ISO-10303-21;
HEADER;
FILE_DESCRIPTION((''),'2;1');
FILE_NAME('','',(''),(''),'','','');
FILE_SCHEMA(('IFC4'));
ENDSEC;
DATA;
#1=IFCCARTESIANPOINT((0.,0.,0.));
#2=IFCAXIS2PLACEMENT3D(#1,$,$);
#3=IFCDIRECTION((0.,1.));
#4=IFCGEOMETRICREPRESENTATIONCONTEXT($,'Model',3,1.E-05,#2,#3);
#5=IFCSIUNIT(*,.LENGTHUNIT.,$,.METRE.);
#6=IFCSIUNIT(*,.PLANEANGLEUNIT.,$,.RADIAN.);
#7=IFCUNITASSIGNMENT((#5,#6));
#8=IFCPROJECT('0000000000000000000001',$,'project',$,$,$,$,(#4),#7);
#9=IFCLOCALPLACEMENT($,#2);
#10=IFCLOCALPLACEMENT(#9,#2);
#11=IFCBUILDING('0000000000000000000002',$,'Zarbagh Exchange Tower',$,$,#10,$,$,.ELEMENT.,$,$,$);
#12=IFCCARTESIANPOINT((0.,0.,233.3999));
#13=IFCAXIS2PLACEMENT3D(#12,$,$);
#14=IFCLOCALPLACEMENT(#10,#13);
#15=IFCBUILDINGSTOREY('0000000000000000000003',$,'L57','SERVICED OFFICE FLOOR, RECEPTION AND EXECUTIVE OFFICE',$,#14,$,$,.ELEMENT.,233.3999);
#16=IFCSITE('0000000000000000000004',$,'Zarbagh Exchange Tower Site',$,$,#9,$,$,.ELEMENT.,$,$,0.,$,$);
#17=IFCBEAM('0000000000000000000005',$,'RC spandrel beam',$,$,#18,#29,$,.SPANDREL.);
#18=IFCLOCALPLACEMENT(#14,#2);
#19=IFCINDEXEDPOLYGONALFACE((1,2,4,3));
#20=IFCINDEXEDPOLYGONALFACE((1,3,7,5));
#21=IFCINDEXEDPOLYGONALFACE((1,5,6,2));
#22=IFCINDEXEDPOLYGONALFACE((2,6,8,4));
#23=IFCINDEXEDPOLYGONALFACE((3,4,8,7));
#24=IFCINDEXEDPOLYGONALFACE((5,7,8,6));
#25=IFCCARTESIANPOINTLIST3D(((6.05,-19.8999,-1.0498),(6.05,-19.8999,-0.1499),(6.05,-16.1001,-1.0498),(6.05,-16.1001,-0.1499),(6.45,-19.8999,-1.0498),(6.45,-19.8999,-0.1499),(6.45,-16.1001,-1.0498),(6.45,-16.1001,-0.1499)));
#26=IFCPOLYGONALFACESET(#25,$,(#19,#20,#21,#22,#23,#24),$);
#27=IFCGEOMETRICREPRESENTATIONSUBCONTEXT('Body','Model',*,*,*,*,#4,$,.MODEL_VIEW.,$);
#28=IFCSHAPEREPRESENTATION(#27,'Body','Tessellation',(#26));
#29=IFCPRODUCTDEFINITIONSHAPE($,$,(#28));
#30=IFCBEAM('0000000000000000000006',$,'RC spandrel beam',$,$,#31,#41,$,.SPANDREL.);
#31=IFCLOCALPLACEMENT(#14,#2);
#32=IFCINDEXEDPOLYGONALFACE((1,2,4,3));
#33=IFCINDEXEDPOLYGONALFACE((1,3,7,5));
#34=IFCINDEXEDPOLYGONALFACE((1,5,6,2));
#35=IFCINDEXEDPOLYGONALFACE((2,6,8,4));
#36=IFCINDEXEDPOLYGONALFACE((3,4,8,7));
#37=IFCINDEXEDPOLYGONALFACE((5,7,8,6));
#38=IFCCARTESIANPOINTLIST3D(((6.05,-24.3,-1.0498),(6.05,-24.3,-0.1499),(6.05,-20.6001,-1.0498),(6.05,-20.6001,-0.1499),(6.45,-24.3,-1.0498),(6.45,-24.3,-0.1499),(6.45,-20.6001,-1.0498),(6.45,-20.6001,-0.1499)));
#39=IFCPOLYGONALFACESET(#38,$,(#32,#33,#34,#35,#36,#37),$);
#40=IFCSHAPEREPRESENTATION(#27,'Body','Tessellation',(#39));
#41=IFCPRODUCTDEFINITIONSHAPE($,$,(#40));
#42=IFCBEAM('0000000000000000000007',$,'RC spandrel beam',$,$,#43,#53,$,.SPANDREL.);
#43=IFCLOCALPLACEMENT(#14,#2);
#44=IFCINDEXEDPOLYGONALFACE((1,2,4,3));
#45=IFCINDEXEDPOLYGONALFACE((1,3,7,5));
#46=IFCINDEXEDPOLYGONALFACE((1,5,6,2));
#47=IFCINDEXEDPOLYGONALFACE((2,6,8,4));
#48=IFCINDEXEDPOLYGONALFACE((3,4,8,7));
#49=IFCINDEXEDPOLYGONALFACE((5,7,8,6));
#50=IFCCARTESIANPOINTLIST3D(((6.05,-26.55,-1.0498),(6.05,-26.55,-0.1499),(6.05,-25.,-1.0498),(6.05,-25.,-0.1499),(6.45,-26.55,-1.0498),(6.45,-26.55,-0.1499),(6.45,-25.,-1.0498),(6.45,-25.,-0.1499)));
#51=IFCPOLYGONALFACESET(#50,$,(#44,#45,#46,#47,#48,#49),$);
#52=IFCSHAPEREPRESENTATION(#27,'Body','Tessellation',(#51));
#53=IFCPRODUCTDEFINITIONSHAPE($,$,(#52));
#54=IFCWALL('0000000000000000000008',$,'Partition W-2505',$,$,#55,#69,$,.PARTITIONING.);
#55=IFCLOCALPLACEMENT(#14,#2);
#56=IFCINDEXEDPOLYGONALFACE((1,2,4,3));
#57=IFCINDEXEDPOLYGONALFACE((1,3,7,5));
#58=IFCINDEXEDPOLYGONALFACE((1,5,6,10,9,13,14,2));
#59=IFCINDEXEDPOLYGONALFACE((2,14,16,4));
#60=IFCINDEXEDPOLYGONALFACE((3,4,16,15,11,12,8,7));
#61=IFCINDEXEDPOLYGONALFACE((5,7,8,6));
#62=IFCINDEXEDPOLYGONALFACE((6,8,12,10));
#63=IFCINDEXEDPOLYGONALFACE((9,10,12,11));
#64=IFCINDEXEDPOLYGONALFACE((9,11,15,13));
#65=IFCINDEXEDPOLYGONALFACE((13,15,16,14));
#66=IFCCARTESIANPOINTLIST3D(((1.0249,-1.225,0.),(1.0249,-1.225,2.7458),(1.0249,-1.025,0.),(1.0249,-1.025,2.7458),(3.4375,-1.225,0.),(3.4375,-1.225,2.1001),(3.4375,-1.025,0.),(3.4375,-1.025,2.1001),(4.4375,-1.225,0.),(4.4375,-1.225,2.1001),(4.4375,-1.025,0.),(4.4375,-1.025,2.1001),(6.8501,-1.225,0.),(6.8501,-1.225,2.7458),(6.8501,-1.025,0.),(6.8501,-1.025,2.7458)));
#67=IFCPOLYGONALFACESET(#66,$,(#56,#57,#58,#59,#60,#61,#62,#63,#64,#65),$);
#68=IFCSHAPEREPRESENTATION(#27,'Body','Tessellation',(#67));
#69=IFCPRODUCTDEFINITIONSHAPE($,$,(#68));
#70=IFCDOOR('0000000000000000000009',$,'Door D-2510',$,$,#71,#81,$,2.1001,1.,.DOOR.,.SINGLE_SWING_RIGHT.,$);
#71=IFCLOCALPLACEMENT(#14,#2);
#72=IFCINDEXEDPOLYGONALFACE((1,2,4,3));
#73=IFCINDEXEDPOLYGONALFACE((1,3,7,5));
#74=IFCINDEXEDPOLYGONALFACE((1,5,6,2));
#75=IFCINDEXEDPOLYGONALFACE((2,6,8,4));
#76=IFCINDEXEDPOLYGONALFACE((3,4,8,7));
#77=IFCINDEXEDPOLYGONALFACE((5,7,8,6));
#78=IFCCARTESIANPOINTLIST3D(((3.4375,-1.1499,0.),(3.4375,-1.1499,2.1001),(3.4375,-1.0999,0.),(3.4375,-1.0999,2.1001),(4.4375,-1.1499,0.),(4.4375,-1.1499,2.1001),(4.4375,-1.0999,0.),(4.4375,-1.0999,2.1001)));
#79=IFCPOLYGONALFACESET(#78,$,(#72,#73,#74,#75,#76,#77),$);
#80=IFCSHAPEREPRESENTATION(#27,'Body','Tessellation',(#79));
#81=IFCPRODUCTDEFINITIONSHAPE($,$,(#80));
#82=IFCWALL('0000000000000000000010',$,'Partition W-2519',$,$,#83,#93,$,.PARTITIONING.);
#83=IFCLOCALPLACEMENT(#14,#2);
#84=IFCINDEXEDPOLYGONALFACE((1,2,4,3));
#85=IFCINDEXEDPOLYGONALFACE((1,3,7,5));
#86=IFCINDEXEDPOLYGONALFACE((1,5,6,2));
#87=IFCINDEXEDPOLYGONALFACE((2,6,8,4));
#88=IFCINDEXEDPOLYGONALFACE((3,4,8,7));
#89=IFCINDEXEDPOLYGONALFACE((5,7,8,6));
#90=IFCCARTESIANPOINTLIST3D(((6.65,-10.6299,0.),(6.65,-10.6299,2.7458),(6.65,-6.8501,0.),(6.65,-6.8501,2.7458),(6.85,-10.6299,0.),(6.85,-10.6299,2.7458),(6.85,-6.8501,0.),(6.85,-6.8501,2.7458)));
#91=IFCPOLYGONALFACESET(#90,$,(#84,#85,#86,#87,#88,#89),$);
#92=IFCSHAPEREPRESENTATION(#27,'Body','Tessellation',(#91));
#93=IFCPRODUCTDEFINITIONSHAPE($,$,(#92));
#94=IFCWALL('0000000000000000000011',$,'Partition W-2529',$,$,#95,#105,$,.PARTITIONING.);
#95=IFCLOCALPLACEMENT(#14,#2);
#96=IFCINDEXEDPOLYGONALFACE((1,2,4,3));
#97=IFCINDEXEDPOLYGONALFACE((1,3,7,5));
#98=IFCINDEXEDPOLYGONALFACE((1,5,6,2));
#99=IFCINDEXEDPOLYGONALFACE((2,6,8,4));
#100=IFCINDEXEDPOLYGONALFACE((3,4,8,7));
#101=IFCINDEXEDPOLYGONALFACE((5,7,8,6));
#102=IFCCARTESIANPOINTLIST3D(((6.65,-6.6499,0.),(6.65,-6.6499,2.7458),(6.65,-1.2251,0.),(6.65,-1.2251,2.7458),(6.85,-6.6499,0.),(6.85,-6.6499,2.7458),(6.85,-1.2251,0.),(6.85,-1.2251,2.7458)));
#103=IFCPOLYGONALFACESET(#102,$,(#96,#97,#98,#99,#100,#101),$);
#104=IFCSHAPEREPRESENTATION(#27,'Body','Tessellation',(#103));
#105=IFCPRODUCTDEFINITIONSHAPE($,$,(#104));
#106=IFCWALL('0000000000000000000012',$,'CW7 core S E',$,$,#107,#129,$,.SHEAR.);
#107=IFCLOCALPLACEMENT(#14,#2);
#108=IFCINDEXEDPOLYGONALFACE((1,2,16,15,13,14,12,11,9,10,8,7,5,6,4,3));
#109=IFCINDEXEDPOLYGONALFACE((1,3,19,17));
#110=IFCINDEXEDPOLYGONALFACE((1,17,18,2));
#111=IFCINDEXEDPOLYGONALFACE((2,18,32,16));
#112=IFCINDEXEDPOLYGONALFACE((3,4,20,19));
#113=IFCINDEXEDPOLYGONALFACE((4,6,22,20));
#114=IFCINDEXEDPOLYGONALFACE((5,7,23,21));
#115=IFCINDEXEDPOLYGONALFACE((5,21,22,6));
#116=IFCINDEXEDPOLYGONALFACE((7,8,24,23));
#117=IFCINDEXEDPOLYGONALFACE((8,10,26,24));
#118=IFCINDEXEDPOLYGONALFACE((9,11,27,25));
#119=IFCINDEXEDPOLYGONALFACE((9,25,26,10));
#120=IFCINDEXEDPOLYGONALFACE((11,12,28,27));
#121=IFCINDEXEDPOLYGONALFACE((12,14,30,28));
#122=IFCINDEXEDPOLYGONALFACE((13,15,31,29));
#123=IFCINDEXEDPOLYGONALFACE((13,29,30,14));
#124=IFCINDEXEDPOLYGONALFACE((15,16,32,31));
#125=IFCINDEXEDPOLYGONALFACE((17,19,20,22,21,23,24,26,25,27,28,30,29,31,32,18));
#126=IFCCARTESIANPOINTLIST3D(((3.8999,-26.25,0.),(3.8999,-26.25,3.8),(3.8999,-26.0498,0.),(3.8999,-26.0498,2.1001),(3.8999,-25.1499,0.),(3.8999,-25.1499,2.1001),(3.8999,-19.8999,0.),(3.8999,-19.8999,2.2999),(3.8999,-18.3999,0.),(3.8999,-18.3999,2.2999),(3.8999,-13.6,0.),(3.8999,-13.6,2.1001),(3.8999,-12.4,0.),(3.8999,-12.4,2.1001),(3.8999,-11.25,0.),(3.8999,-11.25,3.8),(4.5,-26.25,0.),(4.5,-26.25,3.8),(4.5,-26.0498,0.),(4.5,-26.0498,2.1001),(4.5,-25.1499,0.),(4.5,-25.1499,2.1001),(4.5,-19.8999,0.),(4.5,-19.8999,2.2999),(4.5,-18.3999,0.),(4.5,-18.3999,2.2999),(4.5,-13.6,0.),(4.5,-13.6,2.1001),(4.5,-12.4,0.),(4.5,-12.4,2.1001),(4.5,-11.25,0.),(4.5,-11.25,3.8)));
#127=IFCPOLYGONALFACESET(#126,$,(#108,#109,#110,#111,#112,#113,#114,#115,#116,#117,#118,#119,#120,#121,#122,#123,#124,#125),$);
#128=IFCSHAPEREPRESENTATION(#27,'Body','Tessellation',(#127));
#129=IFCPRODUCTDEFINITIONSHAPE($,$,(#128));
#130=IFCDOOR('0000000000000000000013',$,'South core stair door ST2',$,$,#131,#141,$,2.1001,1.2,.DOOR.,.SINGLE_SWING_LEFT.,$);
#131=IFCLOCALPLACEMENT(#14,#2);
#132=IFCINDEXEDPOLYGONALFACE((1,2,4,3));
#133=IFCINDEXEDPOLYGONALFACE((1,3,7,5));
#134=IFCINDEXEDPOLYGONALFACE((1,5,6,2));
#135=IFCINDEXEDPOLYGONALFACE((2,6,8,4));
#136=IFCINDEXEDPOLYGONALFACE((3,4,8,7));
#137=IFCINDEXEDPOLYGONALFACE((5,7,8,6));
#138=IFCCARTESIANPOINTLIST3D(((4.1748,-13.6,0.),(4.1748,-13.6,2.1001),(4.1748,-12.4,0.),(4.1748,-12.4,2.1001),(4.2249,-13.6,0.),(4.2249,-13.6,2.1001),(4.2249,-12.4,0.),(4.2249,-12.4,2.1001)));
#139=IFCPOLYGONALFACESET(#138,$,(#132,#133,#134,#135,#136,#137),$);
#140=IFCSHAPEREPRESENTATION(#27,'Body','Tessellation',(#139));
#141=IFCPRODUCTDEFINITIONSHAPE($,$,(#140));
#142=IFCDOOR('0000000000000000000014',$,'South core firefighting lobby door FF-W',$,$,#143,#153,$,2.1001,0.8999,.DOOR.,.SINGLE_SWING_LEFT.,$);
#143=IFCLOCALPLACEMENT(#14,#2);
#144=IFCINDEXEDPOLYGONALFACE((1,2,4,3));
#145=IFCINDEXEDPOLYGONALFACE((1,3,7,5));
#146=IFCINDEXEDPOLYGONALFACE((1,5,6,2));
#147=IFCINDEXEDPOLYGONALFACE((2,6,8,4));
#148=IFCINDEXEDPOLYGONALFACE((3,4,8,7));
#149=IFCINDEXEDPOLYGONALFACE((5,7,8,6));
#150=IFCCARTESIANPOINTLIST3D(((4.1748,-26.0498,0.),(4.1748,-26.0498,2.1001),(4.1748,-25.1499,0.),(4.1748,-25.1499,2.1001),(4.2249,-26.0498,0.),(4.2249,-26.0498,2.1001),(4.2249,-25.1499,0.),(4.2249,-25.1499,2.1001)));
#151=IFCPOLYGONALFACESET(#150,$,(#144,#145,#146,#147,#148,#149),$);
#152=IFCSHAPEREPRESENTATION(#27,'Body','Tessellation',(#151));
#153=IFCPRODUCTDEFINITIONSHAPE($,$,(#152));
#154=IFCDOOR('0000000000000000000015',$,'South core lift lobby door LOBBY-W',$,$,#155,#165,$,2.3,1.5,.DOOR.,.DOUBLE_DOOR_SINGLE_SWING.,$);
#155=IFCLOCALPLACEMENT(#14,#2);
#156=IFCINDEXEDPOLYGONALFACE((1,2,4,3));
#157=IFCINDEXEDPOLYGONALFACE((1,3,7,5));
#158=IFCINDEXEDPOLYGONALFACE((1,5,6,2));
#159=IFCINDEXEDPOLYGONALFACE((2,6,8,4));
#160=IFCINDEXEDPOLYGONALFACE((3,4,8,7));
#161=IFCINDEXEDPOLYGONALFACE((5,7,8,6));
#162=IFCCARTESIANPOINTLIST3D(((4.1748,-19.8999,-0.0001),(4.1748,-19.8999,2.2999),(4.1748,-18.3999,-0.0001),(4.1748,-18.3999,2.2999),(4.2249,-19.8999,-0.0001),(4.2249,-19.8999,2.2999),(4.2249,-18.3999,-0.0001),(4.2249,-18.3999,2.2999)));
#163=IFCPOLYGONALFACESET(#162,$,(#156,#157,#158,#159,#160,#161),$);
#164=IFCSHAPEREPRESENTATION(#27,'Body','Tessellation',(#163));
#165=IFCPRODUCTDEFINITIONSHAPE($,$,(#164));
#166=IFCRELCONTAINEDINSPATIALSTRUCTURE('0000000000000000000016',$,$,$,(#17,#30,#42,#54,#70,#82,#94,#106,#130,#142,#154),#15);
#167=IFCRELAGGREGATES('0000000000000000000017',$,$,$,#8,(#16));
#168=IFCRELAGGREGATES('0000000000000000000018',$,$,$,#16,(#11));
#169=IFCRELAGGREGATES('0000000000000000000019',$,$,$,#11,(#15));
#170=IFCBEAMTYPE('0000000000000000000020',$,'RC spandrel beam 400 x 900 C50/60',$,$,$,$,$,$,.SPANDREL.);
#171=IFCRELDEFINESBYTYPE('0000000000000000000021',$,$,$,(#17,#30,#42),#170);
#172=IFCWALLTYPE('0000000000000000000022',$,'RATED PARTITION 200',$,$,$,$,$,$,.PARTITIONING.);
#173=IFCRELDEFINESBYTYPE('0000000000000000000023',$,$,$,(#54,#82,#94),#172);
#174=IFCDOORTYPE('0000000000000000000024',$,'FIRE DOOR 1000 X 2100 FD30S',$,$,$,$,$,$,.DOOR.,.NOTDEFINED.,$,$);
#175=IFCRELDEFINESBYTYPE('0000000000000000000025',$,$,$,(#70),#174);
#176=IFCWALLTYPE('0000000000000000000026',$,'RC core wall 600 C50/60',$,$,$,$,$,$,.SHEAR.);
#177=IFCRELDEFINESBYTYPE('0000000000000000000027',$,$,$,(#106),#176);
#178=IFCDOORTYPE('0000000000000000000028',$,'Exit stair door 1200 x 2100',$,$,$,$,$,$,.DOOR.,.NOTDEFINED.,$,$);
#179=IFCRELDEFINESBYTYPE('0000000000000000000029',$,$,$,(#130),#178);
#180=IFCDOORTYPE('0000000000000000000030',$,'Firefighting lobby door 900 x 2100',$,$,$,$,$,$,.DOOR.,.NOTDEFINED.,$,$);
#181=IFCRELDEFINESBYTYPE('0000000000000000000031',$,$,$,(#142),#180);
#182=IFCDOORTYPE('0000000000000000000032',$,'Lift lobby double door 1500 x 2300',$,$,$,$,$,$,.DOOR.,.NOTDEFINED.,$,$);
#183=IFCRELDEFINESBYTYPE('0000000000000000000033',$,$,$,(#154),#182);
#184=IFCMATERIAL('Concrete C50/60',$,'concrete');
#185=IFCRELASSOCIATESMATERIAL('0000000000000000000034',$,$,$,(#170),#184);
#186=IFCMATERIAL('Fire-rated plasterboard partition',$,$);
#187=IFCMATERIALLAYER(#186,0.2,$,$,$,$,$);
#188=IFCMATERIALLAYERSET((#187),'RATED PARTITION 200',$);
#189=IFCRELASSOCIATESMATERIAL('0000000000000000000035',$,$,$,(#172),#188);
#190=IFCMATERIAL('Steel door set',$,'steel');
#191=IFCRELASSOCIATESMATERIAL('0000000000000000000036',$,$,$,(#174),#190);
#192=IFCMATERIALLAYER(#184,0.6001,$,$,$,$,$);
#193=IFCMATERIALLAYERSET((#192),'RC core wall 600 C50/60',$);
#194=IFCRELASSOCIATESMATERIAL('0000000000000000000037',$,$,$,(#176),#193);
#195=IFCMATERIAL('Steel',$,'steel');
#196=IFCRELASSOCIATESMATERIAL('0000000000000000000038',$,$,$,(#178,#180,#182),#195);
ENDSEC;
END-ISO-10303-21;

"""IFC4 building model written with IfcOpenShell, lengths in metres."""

from ifc_helpers import new_model, si_unit, direction, frame, frame_2d, origin, origin_2d, place, context, subcontext, project, spatial, rectangle, extrude, material, layer, layer_set, material_profile, profile_set, type_object, element, fill, save


model = new_model("IFC4")

# Units and contexts
model_context = context("Model", 3, precision=1e-05, world=origin(), true_north=direction((0.0, 1.0)))
body_context = subcontext(model_context, "Body", "Model", "MODEL_VIEW")
ifc_project = project(units=[si_unit("LENGTHUNIT", "METRE"), si_unit("PLANEANGLEUNIT", "RADIAN")], contexts=[model_context])

# Site, building, storey
site_placement = place(None, origin())
site = spatial("IfcSite", under=ifc_project, at=site_placement, Name="Zarbagh Exchange Tower Site", CompositionType="ELEMENT", RefElevation=0.0)
building_placement = place(site_placement, origin())
building = spatial("IfcBuilding", under=site, at=building_placement, Name="Zarbagh Exchange Tower", CompositionType="ELEMENT")
storey_placement = place(building_placement, frame((0.0, 0.0, 233.3999)))
storey = spatial("IfcBuildingStorey", under=building, at=storey_placement, Name="L57", Description="SERVICED OFFICE FLOOR, RECEPTION AND EXECUTIVE OFFICE", CompositionType="ELEMENT", Elevation=233.3999)

# Shared definitions
ifc_material_1 = material(Name="Concrete C50/60", Category="concrete")

# Beams
ifc_material_profile_1 = material_profile(ifc_material_1, rectangle(XDim=0.3999, YDim=0.8999, at=origin_2d()), Name="RC spandrel beam 400 x 900 C50/60")
ifc_profile_set_1 = profile_set([ifc_material_profile_1], Name="Concrete C50/60")
beam_type_1 = type_object("IfcBeamType", Name="RC spandrel beam 400 x 900 C50/60", PredefinedType="SPANDREL", material=ifc_profile_set_1)
beam_1_placement = place(storey_placement, frame((6.25, -16.1001, -0.5999), z_axis=(0.0, -1.0, 0.0), x_axis=(1.0, 0.0, 0.0)))
element("IfcBeam", 1, at=beam_1_placement, inside=storey, type_object=beam_type_1, Name="RC spandrel beam", PredefinedType="SPANDREL", context=body_context, shape_type="SweptSolid", body=[
    extrude(rectangle(XDim=0.3999, YDim=0.8999, at=origin_2d()), origin(), (0.0, 0.0, 1.0), 3.7998),
])
beam_2_placement = place(storey_placement, frame((6.25, -20.6001, -0.5999), z_axis=(0.0, -1.0, 0.0), x_axis=(1.0, 0.0, 0.0)))
element("IfcBeam", 2, at=beam_2_placement, inside=storey, type_object=beam_type_1, Name="RC spandrel beam", PredefinedType="SPANDREL", context=body_context, shape_type="SweptSolid", body=[
    extrude(rectangle(XDim=0.3999, YDim=0.8999, at=origin_2d()), origin(), (0.0, 0.0, 1.0), 3.7),
])
beam_3_placement = place(storey_placement, frame((6.25, -25.0, -0.5999), z_axis=(0.0, -1.0, 0.0), x_axis=(1.0, 0.0, 0.0)))
element("IfcBeam", 3, at=beam_3_placement, inside=storey, type_object=beam_type_1, Name="RC spandrel beam", PredefinedType="SPANDREL", context=body_context, shape_type="SweptSolid", body=[
    extrude(rectangle(XDim=0.3999, YDim=0.8999, at=origin_2d()), origin(), (0.0, 0.0, 1.0), 1.55),
])

# Wall, opening, door
ifc_material_2 = material(Name="Fire-rated plasterboard partition")
ifc_layer_1 = layer(ifc_material_2, 0.2)
ifc_layer_set_1 = layer_set([ifc_layer_1], Name="RATED PARTITION 200")
wall_type_1 = type_object("IfcWallType", Name="RATED PARTITION 200", PredefinedType="PARTITIONING", material=ifc_layer_set_1)
wall_1_placement = place(storey_placement, frame((6.8501, -1.125, 0.0), z_axis=(0.0, 0.0, 1.0), x_axis=(-1.0, 0.0, 0.0)))
wall_1 = element("IfcWall", 4, at=wall_1_placement, inside=storey, type_object=wall_type_1, Name="Partition W-2505", PredefinedType="PARTITIONING", context=body_context, shape_type="SweptSolid", body=[
    extrude(rectangle(XDim=5.8252, YDim=0.2, at=frame_2d((2.9126, 0.0))), origin(), (0.0, 0.0, 1.0), 2.7458),
])
opening_1_placement = place(wall_1_placement, frame((2.4126, 0.0, 0.0)))
opening_1 = element("IfcOpeningElement", 5, at=opening_1_placement, cuts=wall_1, PredefinedType="OPENING", context=body_context, shape_type="SweptSolid", body=[
    extrude(rectangle(XDim=1.0, YDim=2.1001, at=frame_2d((0.5, 1.05))), frame((0.0, 0.1099, 0.0), z_axis=(0.0, -1.0, 0.0), x_axis=(1.0, 0.0, 0.0)), (0.0, 0.0, 1.0), 0.22),
])
ifc_material_3 = material(Name="Steel door set", Category="steel")
door_type_1 = type_object("IfcDoorType", Name="FIRE DOOR 1000 X 2100 FD30S", OperationType="NOTDEFINED", PredefinedType="DOOR", material=ifc_material_3)
door_1_placement = place(opening_1_placement, origin())
door_1 = element("IfcDoor", 6, at=door_1_placement, inside=storey, type_object=door_type_1, Name="Door D-2510", OperationType="SINGLE_SWING_RIGHT", OverallHeight=2.1001, OverallWidth=1.0, PredefinedType="DOOR", context=body_context, shape_type="SweptSolid", body=[
    extrude(rectangle(XDim=1.0, YDim=2.1001, at=frame_2d((0.5, 1.05))), frame((0.0, 0.0249, 0.0), z_axis=(0.0, -1.0, 0.0), x_axis=(1.0, 0.0, 0.0)), (0.0, 0.0, 1.0), 0.05),
])
fill(opening_1, door_1)

# Walls
wall_2_placement = place(storey_placement, frame((6.75, -10.6299, 0.0), z_axis=(0.0, 0.0, 1.0), x_axis=(0.0, 1.0, 0.0)))
element("IfcWall", 7, at=wall_2_placement, inside=storey, type_object=wall_type_1, Name="Partition W-2519", PredefinedType="PARTITIONING", context=body_context, shape_type="SweptSolid", body=[
    extrude(rectangle(XDim=3.7798, YDim=0.2, at=frame_2d((1.8899, 0.0))), origin(), (0.0, 0.0, 1.0), 2.7458),
])
wall_3_placement = place(storey_placement, frame((6.75, -6.6499, 0.0), z_axis=(0.0, 0.0, 1.0), x_axis=(0.0, 1.0, 0.0)))
element("IfcWall", 8, at=wall_3_placement, inside=storey, type_object=wall_type_1, Name="Partition W-2529", PredefinedType="PARTITIONING", context=body_context, shape_type="SweptSolid", body=[
    extrude(rectangle(XDim=5.4248, YDim=0.2, at=frame_2d((2.7124, 0.0))), origin(), (0.0, 0.0, 1.0), 2.7458),
])

# Wall, openings, doors
ifc_layer_2 = layer(ifc_material_1, 0.6001)
ifc_layer_set_2 = layer_set([ifc_layer_2], Name="RC core wall 600 C50/60")
wall_type_2 = type_object("IfcWallType", Name="RC core wall 600 C50/60", PredefinedType="SHEAR", material=ifc_layer_set_2)
wall_4_placement = place(storey_placement, frame((4.2, -11.25, 0.0), z_axis=(0.0, 0.0, 1.0), x_axis=(0.0, -1.0, 0.0)))
wall_4 = element("IfcWall", 9, at=wall_4_placement, inside=storey, type_object=wall_type_2, Name="CW7 core S E", PredefinedType="SHEAR", context=body_context, shape_type="SweptSolid", body=[
    extrude(rectangle(XDim=15.0, YDim=0.6001, at=frame_2d((7.5, 0.0))), origin(), (0.0, 0.0, 1.0), 3.8),
])
opening_2_placement = place(wall_4_placement, frame((7.1499, 0.0, 0.0)))
opening_2 = element("IfcOpeningElement", 10, at=opening_2_placement, cuts=wall_4, PredefinedType="OPENING", context=body_context, shape_type="SweptSolid", body=[
    extrude(rectangle(XDim=1.5, YDim=2.3, at=frame_2d((0.75, 1.1499))), frame((0.0, 0.3101, 0.0), z_axis=(0.0, -1.0, 0.0), x_axis=(1.0, 0.0, 0.0)), (0.0, 0.0, 1.0), 0.6201),
])
opening_3_placement = place(wall_4_placement, frame((13.8999, 0.0, 0.0)))
opening_3 = element("IfcOpeningElement", 11, at=opening_3_placement, cuts=wall_4, PredefinedType="OPENING", context=body_context, shape_type="SweptSolid", body=[
    extrude(rectangle(XDim=0.8999, YDim=2.1001, at=frame_2d((0.45, 1.05))), frame((0.0, 0.3101, 0.0), z_axis=(0.0, -1.0, 0.0), x_axis=(1.0, 0.0, 0.0)), (0.0, 0.0, 1.0), 0.6201),
])
opening_4_placement = place(wall_4_placement, frame((1.1499, 0.0, 0.0)))
opening_4 = element("IfcOpeningElement", 12, at=opening_4_placement, cuts=wall_4, PredefinedType="OPENING", context=body_context, shape_type="SweptSolid", body=[
    extrude(rectangle(XDim=1.2, YDim=2.1001, at=frame_2d((0.6001, 1.05))), frame((0.0, 0.3101, 0.0), z_axis=(0.0, -1.0, 0.0), x_axis=(1.0, 0.0, 0.0)), (0.0, 0.0, 1.0), 0.6201),
])
ifc_material_4 = material(Name="Steel", Category="steel")
door_type_2 = type_object("IfcDoorType", Name="Exit stair door 1200 x 2100", OperationType="NOTDEFINED", PredefinedType="DOOR", material=ifc_material_4)
door_2_placement = place(opening_4_placement, origin())
door_2 = element("IfcDoor", 13, at=door_2_placement, inside=storey, type_object=door_type_2, Name="South core stair door ST2", OperationType="SINGLE_SWING_LEFT", OverallHeight=2.1001, OverallWidth=1.2, PredefinedType="DOOR", context=body_context, shape_type="SweptSolid", body=[
    extrude(rectangle(XDim=1.2, YDim=2.1001, at=frame_2d((0.6001, 1.05))), frame((0.0, 0.0249, 0.0), z_axis=(0.0, -1.0, 0.0), x_axis=(1.0, 0.0, 0.0)), (0.0, 0.0, 1.0), 0.05),
])
fill(opening_4, door_2)
door_type_3 = type_object("IfcDoorType", Name="Firefighting lobby door 900 x 2100", OperationType="NOTDEFINED", PredefinedType="DOOR", material=ifc_material_4)
door_3_placement = place(opening_3_placement, origin())
door_3 = element("IfcDoor", 14, at=door_3_placement, inside=storey, type_object=door_type_3, Name="South core firefighting lobby door FF-W", OperationType="SINGLE_SWING_LEFT", OverallHeight=2.1001, OverallWidth=0.8999, PredefinedType="DOOR", context=body_context, shape_type="SweptSolid", body=[
    extrude(rectangle(XDim=0.8999, YDim=2.1001, at=frame_2d((0.45, 1.05))), frame((0.0, 0.0249, 0.0), z_axis=(0.0, -1.0, 0.0), x_axis=(1.0, 0.0, 0.0)), (0.0, 0.0, 1.0), 0.05),
])
fill(opening_3, door_3)
door_type_4 = type_object("IfcDoorType", Name="Lift lobby double door 1500 x 2300", OperationType="NOTDEFINED", PredefinedType="DOOR", material=ifc_material_4)
door_4_placement = place(opening_2_placement, origin())
door_4 = element("IfcDoor", 15, at=door_4_placement, inside=storey, type_object=door_type_4, Name="South core lift lobby door LOBBY-W", OperationType="DOUBLE_DOOR_SINGLE_SWING", OverallHeight=2.3, OverallWidth=1.5, PredefinedType="DOOR", context=body_context, shape_type="SweptSolid", body=[
    extrude(rectangle(XDim=1.5, YDim=2.3, at=frame_2d((0.75, 1.1499))), frame((0.0, 0.0249, 0.0), z_axis=(0.0, -1.0, 0.0), x_axis=(1.0, 0.0, 0.0)), (0.0, 0.0, 1.0), 0.05),
])
fill(opening_2, door_4)

save(model, "model.ifc")
